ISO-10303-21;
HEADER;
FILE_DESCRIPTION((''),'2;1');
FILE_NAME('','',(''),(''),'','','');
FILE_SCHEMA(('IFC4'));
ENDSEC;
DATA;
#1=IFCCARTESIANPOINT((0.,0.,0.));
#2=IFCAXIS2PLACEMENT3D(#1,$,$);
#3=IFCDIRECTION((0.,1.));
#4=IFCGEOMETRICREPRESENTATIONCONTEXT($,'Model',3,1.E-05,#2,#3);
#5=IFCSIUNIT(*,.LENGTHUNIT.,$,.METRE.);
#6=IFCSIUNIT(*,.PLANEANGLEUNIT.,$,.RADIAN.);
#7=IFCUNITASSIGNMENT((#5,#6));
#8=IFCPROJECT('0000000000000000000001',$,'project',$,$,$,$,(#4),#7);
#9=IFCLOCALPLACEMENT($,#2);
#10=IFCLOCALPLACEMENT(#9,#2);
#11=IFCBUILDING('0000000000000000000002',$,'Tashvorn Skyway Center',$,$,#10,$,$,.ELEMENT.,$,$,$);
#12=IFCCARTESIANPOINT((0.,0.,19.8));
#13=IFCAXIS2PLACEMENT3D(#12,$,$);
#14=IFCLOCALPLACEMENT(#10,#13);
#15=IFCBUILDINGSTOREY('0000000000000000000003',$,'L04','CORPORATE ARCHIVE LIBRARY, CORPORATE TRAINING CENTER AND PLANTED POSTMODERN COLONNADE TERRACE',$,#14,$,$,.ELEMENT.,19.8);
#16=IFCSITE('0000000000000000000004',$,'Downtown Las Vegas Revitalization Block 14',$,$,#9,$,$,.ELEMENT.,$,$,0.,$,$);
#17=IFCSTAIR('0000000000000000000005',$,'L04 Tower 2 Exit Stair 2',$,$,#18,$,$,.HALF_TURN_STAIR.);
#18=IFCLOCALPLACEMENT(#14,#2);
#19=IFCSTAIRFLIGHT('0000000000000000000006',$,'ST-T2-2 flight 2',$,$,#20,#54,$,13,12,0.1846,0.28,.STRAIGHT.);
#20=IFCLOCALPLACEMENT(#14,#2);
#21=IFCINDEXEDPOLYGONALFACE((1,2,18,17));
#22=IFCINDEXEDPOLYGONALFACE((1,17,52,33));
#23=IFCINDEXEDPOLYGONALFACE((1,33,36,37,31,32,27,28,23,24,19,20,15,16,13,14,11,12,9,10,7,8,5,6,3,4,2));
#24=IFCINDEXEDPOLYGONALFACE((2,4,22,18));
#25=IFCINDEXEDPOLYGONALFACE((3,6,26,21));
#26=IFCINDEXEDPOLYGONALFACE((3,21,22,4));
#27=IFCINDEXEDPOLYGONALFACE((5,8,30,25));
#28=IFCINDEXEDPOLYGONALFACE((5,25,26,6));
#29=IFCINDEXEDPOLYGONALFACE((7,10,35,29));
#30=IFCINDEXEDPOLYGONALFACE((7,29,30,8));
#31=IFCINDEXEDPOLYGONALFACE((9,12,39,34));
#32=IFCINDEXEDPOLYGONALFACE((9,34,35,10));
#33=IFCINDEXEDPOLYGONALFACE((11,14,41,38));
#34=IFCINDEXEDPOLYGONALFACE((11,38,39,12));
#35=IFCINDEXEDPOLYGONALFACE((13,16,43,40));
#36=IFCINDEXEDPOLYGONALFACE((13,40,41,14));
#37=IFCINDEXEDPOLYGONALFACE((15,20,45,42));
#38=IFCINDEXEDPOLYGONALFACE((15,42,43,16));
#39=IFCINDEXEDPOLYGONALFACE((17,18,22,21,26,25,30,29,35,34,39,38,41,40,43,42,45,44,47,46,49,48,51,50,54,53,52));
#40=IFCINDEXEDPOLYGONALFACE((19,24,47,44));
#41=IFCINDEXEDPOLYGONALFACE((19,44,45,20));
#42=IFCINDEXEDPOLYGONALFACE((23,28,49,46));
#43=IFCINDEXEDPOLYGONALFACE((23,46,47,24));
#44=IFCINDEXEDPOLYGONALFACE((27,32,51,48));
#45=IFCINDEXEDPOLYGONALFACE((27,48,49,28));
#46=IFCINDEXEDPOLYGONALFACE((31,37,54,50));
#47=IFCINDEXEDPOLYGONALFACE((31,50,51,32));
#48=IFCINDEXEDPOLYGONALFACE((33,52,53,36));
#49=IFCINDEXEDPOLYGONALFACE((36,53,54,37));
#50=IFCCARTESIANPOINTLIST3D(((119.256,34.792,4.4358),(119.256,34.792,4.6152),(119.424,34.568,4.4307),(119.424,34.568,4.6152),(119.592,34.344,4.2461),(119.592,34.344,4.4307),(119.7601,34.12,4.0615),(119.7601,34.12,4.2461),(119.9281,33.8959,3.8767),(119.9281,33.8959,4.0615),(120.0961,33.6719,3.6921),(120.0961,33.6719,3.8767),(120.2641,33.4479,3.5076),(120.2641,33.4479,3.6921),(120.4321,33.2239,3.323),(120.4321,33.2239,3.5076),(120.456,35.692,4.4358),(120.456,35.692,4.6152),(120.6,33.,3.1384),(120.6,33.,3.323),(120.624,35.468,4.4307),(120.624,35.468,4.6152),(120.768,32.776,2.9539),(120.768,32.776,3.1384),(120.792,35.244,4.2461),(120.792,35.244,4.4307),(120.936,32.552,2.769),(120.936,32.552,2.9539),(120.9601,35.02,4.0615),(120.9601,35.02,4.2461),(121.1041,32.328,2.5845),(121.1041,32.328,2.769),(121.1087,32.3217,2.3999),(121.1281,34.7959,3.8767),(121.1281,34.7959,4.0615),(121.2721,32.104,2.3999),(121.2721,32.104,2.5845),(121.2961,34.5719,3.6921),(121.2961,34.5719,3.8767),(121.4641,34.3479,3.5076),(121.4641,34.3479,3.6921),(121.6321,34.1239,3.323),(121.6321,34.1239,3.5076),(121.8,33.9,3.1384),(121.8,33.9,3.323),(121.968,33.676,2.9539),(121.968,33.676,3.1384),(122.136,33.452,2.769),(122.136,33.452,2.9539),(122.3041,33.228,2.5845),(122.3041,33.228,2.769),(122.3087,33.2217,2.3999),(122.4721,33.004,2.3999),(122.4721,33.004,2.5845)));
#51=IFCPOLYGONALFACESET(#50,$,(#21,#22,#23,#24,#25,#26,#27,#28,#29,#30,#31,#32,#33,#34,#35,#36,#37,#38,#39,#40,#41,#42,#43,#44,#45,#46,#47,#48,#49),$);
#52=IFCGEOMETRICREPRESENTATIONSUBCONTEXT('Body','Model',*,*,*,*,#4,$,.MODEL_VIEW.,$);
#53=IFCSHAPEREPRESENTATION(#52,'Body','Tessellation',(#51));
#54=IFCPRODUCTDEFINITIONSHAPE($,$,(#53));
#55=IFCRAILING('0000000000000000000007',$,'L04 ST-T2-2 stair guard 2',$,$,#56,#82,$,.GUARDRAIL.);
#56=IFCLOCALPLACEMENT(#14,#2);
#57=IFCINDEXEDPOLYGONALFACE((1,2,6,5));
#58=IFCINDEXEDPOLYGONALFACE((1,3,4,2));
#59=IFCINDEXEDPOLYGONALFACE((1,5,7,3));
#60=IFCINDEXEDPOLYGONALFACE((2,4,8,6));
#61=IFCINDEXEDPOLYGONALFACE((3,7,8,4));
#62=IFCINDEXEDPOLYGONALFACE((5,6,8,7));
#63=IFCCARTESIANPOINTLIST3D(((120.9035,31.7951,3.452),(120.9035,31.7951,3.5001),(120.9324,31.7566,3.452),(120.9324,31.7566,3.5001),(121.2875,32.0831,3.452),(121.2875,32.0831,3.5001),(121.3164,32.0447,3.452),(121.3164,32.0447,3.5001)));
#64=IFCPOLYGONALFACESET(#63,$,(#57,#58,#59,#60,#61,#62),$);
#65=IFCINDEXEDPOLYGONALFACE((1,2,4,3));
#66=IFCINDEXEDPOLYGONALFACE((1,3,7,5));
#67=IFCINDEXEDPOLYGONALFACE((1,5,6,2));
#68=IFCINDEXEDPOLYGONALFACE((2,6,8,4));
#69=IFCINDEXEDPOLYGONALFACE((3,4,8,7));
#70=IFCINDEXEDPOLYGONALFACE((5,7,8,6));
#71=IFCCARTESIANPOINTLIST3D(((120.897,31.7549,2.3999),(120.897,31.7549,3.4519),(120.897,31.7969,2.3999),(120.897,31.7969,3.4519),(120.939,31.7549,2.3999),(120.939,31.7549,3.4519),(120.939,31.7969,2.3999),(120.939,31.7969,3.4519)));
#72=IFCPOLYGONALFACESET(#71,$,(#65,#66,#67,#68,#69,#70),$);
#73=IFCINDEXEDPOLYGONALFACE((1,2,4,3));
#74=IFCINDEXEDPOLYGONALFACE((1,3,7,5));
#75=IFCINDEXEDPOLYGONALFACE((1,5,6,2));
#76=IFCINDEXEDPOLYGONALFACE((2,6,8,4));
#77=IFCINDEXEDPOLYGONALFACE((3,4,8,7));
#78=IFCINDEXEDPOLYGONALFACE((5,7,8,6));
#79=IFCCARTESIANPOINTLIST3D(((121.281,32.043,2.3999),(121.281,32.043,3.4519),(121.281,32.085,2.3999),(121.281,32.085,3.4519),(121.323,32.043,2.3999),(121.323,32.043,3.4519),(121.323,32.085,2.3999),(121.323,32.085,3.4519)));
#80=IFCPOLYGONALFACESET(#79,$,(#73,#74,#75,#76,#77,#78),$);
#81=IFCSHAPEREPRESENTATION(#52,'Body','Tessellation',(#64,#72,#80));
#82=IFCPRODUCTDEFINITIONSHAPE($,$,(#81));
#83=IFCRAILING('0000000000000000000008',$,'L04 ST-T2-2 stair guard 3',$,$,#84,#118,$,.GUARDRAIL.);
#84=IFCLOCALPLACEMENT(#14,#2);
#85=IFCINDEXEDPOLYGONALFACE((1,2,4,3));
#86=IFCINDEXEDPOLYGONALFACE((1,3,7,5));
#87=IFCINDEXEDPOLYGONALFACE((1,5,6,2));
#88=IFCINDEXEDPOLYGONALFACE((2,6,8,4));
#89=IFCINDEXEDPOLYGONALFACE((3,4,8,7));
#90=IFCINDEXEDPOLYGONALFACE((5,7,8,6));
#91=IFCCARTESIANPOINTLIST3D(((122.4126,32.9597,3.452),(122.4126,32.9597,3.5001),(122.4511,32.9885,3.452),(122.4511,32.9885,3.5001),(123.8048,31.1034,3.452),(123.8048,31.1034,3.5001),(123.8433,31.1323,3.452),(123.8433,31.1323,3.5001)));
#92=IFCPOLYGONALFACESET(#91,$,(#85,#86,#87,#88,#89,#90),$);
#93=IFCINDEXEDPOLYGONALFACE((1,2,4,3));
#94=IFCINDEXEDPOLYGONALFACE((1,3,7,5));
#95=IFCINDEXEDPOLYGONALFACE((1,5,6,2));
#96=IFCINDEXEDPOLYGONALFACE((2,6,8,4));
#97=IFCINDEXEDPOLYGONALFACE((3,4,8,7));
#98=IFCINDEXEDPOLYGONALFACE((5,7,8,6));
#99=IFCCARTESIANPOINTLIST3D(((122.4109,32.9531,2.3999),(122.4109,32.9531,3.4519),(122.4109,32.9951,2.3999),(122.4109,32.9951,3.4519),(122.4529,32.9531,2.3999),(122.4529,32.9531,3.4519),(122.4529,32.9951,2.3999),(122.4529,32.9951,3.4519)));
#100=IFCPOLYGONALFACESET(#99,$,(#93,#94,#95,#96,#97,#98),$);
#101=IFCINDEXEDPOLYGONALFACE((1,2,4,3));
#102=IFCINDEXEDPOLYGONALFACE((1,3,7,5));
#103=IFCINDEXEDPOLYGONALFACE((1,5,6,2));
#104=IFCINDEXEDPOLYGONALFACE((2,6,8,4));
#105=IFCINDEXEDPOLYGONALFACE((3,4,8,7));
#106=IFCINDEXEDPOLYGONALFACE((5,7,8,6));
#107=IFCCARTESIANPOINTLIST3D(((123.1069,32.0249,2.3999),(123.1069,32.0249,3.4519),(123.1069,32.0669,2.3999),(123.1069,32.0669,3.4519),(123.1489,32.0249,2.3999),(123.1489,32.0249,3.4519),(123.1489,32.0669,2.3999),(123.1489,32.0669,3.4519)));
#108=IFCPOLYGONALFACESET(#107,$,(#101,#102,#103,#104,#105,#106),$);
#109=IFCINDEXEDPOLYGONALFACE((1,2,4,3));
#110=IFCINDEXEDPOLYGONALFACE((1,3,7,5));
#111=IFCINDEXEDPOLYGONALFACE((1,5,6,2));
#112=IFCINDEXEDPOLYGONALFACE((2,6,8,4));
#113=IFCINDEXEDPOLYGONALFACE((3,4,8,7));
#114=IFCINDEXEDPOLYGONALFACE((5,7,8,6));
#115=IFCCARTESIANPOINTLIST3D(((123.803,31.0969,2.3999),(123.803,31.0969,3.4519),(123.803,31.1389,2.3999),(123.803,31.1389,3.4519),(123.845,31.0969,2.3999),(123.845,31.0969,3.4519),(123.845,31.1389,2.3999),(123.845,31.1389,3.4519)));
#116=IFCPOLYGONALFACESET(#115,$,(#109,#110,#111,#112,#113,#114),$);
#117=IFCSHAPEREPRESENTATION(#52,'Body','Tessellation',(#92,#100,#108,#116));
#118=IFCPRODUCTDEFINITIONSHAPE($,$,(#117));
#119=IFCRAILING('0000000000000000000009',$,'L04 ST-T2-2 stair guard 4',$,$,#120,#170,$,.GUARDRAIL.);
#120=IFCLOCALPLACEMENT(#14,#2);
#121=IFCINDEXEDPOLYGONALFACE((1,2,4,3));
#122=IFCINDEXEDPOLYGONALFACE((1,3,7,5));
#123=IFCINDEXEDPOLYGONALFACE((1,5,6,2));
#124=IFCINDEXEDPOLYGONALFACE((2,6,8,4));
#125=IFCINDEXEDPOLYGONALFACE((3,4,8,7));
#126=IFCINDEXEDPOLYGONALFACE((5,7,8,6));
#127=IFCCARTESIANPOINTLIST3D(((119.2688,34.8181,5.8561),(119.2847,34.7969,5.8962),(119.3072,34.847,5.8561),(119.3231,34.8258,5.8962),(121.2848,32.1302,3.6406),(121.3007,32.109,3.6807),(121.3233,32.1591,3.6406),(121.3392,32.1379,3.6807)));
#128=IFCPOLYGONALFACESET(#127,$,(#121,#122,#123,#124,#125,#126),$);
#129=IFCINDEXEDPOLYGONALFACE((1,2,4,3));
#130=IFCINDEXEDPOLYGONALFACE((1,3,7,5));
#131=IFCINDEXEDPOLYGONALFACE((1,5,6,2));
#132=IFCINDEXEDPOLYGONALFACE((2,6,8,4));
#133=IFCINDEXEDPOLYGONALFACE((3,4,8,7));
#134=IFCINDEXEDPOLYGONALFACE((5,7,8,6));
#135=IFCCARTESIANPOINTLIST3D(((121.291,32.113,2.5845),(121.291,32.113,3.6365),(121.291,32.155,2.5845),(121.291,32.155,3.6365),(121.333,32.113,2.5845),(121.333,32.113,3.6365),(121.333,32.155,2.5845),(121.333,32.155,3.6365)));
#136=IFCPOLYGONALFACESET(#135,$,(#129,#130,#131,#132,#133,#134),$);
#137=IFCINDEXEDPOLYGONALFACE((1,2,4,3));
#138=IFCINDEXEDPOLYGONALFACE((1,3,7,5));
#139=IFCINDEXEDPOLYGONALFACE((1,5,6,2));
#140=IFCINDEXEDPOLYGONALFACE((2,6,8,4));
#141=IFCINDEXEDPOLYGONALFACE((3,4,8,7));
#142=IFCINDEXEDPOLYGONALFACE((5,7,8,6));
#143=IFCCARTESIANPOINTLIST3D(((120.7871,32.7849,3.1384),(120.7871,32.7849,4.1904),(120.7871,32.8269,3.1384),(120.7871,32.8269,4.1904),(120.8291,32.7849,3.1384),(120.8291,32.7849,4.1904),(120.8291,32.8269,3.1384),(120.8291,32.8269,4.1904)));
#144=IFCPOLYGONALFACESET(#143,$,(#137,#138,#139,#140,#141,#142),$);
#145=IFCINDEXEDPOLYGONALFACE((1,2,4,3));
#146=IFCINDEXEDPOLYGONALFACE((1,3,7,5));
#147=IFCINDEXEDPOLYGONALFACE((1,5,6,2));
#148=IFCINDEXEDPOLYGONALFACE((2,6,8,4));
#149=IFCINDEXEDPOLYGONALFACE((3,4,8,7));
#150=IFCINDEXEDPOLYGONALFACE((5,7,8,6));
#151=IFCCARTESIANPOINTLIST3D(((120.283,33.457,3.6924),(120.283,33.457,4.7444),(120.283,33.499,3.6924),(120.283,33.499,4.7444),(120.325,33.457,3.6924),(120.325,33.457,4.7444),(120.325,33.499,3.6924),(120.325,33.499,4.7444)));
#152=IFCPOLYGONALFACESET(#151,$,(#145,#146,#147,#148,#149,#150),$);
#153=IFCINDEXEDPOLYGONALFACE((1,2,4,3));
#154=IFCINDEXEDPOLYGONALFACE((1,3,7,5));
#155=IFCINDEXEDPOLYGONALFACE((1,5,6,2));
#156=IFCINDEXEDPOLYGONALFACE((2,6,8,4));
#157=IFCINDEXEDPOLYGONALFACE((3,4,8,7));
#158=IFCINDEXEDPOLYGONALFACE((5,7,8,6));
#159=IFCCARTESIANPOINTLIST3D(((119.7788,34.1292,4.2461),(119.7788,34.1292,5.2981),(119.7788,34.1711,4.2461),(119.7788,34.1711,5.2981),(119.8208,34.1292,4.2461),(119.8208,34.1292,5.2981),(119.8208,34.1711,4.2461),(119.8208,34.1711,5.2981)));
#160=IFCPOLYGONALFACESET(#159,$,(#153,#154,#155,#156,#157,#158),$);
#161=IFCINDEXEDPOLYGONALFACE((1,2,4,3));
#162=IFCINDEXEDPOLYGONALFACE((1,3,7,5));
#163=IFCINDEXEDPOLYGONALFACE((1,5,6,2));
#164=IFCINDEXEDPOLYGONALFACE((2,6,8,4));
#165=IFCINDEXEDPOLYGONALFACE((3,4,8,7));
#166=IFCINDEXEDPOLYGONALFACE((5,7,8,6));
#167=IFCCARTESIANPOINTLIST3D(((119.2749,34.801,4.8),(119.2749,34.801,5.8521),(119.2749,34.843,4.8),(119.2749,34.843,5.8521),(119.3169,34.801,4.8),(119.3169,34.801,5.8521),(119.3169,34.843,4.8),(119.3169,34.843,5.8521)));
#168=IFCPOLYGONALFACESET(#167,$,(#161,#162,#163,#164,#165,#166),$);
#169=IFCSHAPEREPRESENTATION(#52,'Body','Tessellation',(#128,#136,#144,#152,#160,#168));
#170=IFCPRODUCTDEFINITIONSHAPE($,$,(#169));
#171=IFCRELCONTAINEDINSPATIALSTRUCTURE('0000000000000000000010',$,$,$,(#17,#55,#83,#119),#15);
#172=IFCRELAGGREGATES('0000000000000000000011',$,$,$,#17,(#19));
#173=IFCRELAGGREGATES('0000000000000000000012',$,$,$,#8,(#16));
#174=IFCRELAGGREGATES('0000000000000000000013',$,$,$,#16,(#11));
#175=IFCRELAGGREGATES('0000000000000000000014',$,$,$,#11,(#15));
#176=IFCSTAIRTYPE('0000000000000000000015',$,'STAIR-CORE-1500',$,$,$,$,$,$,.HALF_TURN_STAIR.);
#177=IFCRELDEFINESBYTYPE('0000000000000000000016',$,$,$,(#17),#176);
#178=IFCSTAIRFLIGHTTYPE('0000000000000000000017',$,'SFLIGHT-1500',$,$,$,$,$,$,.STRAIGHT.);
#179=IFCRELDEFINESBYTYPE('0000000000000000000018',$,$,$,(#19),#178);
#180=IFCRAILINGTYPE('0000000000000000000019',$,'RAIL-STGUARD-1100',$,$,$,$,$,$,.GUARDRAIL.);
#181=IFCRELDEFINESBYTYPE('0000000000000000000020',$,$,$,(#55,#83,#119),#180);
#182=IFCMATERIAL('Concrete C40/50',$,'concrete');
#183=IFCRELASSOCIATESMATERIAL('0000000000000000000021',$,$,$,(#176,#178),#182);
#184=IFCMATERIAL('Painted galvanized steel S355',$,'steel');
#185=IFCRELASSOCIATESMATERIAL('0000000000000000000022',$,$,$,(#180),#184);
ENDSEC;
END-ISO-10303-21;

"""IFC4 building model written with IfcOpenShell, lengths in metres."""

from ifc_helpers import new_model, si_unit, direction, frame, origin, origin_2d, place, context, subcontext, project, spatial, polyline, rectangle, outline, extrude, material, type_object, element, aggregate, save


model = new_model("IFC4")

# Units and contexts
model_context = context("Model", 3, precision=1e-05, world=origin(), true_north=direction((0.0, 1.0)))
body_context = subcontext(model_context, "Body", "Model", "MODEL_VIEW")
ifc_project = project(units=[si_unit("LENGTHUNIT", "METRE"), si_unit("PLANEANGLEUNIT", "RADIAN")], contexts=[model_context])

# Site, building, storey
site_placement = place(None, origin())
site = spatial("IfcSite", under=ifc_project, at=site_placement, Name="Downtown Las Vegas Revitalization Block 14", CompositionType="ELEMENT", RefElevation=0.0)
building_placement = place(site_placement, origin())
building = spatial("IfcBuilding", under=site, at=building_placement, Name="Tashvorn Skyway Center", CompositionType="ELEMENT")
storey_placement = place(building_placement, frame((0.0, 0.0, 19.8)))
storey = spatial("IfcBuildingStorey", under=building, at=storey_placement, Name="L04", Description="CORPORATE ARCHIVE LIBRARY, CORPORATE TRAINING CENTER AND PLANTED POSTMODERN COLONNADE TERRACE", CompositionType="ELEMENT", Elevation=19.8)

# Shared definitions
ifc_material_1 = material(Name="Concrete C40/50", Category="concrete")

# Stair, stair flight
stair_type = type_object("IfcStairType", Name="STAIR-CORE-1500", PredefinedType="HALF_TURN_STAIR", material=ifc_material_1)
stair_placement = place(storey_placement, origin())
stair = element("IfcStair", 1, at=stair_placement, inside=storey, type_object=stair_type, Name="L04 Tower 2 Exit Stair 2", PredefinedType="HALF_TURN_STAIR")
stair_flight_type = type_object("IfcStairFlightType", Name="SFLIGHT-1500", PredefinedType="STRAIGHT", material=ifc_material_1)
stair_flight_placement = place(storey_placement, frame((121.8721, 32.554, 2.3999), z_axis=(0.0, 0.0, 1.0), x_axis=(-0.6, 0.8, 0.0)))
stair_flight = element("IfcStairFlight", 2, at=stair_flight_placement, type_object=stair_flight_type, Name="ST-T2-2 flight 2", NumberOfRisers=13, NumberOfTreads=12, PredefinedType="STRAIGHT", RiserHeight=0.1846, TreadLength=0.28, context=body_context, shape_type="SweptSolid", body=[
    extrude(outline(polyline([(0.0, 0.0), (0.0, 0.1846), (0.28, 0.1846), (0.28, 0.3691), (0.5601, 0.3691), (0.5601, 0.554), (0.8401, 0.554), (0.8401, 0.7385), (1.1201, 0.7385), (1.1201, 0.9231), (1.3999, 0.9231), (1.3999, 1.1077), (1.6799, 1.1077), (1.6799, 1.2922), (1.96, 1.2922), (1.96, 1.4768), (2.24, 1.4768), (2.24, 1.6616), (2.52, 1.6616), (2.52, 1.8462), (2.8, 1.8462), (2.8, 2.0308), (3.0801, 2.0308), (3.0801, 2.2153), (3.3601, 2.2153), (3.3601, 2.3999), (3.3601, 2.0359), (0.2722, 0.0), (0.0, 0.0)])), frame((0.0, 0.75, 0.0), z_axis=(0.0, -1.0, 0.0), x_axis=(1.0, 0.0, 0.0)), (0.0, 0.0, 1.0), 1.5),
])
aggregate(stair, [stair_flight])

# Railings
ifc_material_2 = material(Name="Painted galvanized steel S355", Category="steel")
railing_type_1 = type_object("IfcRailingType", Name="RAIL-STGUARD-1100", PredefinedType="GUARDRAIL", material=ifc_material_2)
railing_1_placement = place(storey_placement, frame((120.918, 31.7759, 2.3999)))
element("IfcRailing", 3, at=railing_1_placement, inside=storey, type_object=railing_type_1, Name="L04 ST-T2-2 stair guard 2", PredefinedType="GUARDRAIL", context=body_context, shape_type="SweptSolid", body=[
    extrude(rectangle(XDim=0.0481, YDim=0.0481, at=origin_2d()), frame((0.0, 0.0, 1.0762), z_axis=(0.799939, 0.600081, 0.0), x_axis=(-0.600081, 0.799939, 0.0)), (0.0, 0.0, 1.0), 0.48),
    extrude(rectangle(XDim=0.042, YDim=0.042, at=origin_2d()), origin(), (0.0, 0.0, 1.0), 1.052),
    extrude(rectangle(XDim=0.042, YDim=0.042, at=origin_2d()), frame((0.384, 0.2881, 0.0)), (0.0, 0.0, 1.0), 1.052),
])
railing_2_placement = place(storey_placement, frame((122.4319, 32.9741, 2.3999)))
element("IfcRailing", 4, at=railing_2_placement, inside=storey, type_object=railing_type_1, Name="L04 ST-T2-2 stair guard 3", PredefinedType="GUARDRAIL", context=body_context, shape_type="SweptSolid", body=[
    extrude(rectangle(XDim=0.0481, YDim=0.0481, at=origin_2d()), frame((0.0, 0.0, 1.0762), z_axis=(0.599983, -0.800013, 0.0), x_axis=(0.800013, 0.599983, 0.0)), (0.0, 0.0, 1.0), 2.3203),
    extrude(rectangle(XDim=0.042, YDim=0.042, at=origin_2d()), origin(), (0.0, 0.0, 1.0), 1.052),
    extrude(rectangle(XDim=0.042, YDim=0.042, at=origin_2d()), frame((0.696, -0.9282, 0.0)), (0.0, 0.0, 1.0), 1.052),
    extrude(rectangle(XDim=0.042, YDim=0.042, at=origin_2d()), frame((1.3921, -1.8562, 0.0)), (0.0, 0.0, 1.0), 1.052),
])
railing_3_placement = place(storey_placement, frame((121.312, 32.134, 2.5845)))
element("IfcRailing", 5, at=railing_3_placement, inside=storey, type_object=railing_type_1, Name="L04 ST-T2-2 stair guard 4", PredefinedType="GUARDRAIL", context=body_context, shape_type="SweptSolid", body=[
    extrude(rectangle(XDim=0.0481, YDim=0.0481, at=origin_2d()), frame((0.0, 0.0, 1.0762), z_axis=(-0.500926, 0.667861, 0.550485), x_axis=(-0.799983, -0.600023, 0.0)), (0.0, 0.0, 1.0), 4.0247),
    extrude(rectangle(XDim=0.042, YDim=0.042, at=origin_2d()), origin(), (0.0, 0.0, 1.0), 1.052),
    extrude(rectangle(XDim=0.042, YDim=0.042, at=origin_2d()), frame((-0.5039, 0.6719, 0.554)), (0.0, 0.0, 1.0), 1.052),
    extrude(rectangle(XDim=0.042, YDim=0.042, at=origin_2d()), frame((-1.0081, 1.344, 1.1079)), (0.0, 0.0, 1.0), 1.052),
    extrude(rectangle(XDim=0.042, YDim=0.042, at=origin_2d()), frame((-1.5122, 2.0161, 1.6616)), (0.0, 0.0, 1.0), 1.052),
    extrude(rectangle(XDim=0.042, YDim=0.042, at=origin_2d()), frame((-2.0161, 2.688, 2.2156)), (0.0, 0.0, 1.0), 1.052),
])

save(model, "model.ifc")
